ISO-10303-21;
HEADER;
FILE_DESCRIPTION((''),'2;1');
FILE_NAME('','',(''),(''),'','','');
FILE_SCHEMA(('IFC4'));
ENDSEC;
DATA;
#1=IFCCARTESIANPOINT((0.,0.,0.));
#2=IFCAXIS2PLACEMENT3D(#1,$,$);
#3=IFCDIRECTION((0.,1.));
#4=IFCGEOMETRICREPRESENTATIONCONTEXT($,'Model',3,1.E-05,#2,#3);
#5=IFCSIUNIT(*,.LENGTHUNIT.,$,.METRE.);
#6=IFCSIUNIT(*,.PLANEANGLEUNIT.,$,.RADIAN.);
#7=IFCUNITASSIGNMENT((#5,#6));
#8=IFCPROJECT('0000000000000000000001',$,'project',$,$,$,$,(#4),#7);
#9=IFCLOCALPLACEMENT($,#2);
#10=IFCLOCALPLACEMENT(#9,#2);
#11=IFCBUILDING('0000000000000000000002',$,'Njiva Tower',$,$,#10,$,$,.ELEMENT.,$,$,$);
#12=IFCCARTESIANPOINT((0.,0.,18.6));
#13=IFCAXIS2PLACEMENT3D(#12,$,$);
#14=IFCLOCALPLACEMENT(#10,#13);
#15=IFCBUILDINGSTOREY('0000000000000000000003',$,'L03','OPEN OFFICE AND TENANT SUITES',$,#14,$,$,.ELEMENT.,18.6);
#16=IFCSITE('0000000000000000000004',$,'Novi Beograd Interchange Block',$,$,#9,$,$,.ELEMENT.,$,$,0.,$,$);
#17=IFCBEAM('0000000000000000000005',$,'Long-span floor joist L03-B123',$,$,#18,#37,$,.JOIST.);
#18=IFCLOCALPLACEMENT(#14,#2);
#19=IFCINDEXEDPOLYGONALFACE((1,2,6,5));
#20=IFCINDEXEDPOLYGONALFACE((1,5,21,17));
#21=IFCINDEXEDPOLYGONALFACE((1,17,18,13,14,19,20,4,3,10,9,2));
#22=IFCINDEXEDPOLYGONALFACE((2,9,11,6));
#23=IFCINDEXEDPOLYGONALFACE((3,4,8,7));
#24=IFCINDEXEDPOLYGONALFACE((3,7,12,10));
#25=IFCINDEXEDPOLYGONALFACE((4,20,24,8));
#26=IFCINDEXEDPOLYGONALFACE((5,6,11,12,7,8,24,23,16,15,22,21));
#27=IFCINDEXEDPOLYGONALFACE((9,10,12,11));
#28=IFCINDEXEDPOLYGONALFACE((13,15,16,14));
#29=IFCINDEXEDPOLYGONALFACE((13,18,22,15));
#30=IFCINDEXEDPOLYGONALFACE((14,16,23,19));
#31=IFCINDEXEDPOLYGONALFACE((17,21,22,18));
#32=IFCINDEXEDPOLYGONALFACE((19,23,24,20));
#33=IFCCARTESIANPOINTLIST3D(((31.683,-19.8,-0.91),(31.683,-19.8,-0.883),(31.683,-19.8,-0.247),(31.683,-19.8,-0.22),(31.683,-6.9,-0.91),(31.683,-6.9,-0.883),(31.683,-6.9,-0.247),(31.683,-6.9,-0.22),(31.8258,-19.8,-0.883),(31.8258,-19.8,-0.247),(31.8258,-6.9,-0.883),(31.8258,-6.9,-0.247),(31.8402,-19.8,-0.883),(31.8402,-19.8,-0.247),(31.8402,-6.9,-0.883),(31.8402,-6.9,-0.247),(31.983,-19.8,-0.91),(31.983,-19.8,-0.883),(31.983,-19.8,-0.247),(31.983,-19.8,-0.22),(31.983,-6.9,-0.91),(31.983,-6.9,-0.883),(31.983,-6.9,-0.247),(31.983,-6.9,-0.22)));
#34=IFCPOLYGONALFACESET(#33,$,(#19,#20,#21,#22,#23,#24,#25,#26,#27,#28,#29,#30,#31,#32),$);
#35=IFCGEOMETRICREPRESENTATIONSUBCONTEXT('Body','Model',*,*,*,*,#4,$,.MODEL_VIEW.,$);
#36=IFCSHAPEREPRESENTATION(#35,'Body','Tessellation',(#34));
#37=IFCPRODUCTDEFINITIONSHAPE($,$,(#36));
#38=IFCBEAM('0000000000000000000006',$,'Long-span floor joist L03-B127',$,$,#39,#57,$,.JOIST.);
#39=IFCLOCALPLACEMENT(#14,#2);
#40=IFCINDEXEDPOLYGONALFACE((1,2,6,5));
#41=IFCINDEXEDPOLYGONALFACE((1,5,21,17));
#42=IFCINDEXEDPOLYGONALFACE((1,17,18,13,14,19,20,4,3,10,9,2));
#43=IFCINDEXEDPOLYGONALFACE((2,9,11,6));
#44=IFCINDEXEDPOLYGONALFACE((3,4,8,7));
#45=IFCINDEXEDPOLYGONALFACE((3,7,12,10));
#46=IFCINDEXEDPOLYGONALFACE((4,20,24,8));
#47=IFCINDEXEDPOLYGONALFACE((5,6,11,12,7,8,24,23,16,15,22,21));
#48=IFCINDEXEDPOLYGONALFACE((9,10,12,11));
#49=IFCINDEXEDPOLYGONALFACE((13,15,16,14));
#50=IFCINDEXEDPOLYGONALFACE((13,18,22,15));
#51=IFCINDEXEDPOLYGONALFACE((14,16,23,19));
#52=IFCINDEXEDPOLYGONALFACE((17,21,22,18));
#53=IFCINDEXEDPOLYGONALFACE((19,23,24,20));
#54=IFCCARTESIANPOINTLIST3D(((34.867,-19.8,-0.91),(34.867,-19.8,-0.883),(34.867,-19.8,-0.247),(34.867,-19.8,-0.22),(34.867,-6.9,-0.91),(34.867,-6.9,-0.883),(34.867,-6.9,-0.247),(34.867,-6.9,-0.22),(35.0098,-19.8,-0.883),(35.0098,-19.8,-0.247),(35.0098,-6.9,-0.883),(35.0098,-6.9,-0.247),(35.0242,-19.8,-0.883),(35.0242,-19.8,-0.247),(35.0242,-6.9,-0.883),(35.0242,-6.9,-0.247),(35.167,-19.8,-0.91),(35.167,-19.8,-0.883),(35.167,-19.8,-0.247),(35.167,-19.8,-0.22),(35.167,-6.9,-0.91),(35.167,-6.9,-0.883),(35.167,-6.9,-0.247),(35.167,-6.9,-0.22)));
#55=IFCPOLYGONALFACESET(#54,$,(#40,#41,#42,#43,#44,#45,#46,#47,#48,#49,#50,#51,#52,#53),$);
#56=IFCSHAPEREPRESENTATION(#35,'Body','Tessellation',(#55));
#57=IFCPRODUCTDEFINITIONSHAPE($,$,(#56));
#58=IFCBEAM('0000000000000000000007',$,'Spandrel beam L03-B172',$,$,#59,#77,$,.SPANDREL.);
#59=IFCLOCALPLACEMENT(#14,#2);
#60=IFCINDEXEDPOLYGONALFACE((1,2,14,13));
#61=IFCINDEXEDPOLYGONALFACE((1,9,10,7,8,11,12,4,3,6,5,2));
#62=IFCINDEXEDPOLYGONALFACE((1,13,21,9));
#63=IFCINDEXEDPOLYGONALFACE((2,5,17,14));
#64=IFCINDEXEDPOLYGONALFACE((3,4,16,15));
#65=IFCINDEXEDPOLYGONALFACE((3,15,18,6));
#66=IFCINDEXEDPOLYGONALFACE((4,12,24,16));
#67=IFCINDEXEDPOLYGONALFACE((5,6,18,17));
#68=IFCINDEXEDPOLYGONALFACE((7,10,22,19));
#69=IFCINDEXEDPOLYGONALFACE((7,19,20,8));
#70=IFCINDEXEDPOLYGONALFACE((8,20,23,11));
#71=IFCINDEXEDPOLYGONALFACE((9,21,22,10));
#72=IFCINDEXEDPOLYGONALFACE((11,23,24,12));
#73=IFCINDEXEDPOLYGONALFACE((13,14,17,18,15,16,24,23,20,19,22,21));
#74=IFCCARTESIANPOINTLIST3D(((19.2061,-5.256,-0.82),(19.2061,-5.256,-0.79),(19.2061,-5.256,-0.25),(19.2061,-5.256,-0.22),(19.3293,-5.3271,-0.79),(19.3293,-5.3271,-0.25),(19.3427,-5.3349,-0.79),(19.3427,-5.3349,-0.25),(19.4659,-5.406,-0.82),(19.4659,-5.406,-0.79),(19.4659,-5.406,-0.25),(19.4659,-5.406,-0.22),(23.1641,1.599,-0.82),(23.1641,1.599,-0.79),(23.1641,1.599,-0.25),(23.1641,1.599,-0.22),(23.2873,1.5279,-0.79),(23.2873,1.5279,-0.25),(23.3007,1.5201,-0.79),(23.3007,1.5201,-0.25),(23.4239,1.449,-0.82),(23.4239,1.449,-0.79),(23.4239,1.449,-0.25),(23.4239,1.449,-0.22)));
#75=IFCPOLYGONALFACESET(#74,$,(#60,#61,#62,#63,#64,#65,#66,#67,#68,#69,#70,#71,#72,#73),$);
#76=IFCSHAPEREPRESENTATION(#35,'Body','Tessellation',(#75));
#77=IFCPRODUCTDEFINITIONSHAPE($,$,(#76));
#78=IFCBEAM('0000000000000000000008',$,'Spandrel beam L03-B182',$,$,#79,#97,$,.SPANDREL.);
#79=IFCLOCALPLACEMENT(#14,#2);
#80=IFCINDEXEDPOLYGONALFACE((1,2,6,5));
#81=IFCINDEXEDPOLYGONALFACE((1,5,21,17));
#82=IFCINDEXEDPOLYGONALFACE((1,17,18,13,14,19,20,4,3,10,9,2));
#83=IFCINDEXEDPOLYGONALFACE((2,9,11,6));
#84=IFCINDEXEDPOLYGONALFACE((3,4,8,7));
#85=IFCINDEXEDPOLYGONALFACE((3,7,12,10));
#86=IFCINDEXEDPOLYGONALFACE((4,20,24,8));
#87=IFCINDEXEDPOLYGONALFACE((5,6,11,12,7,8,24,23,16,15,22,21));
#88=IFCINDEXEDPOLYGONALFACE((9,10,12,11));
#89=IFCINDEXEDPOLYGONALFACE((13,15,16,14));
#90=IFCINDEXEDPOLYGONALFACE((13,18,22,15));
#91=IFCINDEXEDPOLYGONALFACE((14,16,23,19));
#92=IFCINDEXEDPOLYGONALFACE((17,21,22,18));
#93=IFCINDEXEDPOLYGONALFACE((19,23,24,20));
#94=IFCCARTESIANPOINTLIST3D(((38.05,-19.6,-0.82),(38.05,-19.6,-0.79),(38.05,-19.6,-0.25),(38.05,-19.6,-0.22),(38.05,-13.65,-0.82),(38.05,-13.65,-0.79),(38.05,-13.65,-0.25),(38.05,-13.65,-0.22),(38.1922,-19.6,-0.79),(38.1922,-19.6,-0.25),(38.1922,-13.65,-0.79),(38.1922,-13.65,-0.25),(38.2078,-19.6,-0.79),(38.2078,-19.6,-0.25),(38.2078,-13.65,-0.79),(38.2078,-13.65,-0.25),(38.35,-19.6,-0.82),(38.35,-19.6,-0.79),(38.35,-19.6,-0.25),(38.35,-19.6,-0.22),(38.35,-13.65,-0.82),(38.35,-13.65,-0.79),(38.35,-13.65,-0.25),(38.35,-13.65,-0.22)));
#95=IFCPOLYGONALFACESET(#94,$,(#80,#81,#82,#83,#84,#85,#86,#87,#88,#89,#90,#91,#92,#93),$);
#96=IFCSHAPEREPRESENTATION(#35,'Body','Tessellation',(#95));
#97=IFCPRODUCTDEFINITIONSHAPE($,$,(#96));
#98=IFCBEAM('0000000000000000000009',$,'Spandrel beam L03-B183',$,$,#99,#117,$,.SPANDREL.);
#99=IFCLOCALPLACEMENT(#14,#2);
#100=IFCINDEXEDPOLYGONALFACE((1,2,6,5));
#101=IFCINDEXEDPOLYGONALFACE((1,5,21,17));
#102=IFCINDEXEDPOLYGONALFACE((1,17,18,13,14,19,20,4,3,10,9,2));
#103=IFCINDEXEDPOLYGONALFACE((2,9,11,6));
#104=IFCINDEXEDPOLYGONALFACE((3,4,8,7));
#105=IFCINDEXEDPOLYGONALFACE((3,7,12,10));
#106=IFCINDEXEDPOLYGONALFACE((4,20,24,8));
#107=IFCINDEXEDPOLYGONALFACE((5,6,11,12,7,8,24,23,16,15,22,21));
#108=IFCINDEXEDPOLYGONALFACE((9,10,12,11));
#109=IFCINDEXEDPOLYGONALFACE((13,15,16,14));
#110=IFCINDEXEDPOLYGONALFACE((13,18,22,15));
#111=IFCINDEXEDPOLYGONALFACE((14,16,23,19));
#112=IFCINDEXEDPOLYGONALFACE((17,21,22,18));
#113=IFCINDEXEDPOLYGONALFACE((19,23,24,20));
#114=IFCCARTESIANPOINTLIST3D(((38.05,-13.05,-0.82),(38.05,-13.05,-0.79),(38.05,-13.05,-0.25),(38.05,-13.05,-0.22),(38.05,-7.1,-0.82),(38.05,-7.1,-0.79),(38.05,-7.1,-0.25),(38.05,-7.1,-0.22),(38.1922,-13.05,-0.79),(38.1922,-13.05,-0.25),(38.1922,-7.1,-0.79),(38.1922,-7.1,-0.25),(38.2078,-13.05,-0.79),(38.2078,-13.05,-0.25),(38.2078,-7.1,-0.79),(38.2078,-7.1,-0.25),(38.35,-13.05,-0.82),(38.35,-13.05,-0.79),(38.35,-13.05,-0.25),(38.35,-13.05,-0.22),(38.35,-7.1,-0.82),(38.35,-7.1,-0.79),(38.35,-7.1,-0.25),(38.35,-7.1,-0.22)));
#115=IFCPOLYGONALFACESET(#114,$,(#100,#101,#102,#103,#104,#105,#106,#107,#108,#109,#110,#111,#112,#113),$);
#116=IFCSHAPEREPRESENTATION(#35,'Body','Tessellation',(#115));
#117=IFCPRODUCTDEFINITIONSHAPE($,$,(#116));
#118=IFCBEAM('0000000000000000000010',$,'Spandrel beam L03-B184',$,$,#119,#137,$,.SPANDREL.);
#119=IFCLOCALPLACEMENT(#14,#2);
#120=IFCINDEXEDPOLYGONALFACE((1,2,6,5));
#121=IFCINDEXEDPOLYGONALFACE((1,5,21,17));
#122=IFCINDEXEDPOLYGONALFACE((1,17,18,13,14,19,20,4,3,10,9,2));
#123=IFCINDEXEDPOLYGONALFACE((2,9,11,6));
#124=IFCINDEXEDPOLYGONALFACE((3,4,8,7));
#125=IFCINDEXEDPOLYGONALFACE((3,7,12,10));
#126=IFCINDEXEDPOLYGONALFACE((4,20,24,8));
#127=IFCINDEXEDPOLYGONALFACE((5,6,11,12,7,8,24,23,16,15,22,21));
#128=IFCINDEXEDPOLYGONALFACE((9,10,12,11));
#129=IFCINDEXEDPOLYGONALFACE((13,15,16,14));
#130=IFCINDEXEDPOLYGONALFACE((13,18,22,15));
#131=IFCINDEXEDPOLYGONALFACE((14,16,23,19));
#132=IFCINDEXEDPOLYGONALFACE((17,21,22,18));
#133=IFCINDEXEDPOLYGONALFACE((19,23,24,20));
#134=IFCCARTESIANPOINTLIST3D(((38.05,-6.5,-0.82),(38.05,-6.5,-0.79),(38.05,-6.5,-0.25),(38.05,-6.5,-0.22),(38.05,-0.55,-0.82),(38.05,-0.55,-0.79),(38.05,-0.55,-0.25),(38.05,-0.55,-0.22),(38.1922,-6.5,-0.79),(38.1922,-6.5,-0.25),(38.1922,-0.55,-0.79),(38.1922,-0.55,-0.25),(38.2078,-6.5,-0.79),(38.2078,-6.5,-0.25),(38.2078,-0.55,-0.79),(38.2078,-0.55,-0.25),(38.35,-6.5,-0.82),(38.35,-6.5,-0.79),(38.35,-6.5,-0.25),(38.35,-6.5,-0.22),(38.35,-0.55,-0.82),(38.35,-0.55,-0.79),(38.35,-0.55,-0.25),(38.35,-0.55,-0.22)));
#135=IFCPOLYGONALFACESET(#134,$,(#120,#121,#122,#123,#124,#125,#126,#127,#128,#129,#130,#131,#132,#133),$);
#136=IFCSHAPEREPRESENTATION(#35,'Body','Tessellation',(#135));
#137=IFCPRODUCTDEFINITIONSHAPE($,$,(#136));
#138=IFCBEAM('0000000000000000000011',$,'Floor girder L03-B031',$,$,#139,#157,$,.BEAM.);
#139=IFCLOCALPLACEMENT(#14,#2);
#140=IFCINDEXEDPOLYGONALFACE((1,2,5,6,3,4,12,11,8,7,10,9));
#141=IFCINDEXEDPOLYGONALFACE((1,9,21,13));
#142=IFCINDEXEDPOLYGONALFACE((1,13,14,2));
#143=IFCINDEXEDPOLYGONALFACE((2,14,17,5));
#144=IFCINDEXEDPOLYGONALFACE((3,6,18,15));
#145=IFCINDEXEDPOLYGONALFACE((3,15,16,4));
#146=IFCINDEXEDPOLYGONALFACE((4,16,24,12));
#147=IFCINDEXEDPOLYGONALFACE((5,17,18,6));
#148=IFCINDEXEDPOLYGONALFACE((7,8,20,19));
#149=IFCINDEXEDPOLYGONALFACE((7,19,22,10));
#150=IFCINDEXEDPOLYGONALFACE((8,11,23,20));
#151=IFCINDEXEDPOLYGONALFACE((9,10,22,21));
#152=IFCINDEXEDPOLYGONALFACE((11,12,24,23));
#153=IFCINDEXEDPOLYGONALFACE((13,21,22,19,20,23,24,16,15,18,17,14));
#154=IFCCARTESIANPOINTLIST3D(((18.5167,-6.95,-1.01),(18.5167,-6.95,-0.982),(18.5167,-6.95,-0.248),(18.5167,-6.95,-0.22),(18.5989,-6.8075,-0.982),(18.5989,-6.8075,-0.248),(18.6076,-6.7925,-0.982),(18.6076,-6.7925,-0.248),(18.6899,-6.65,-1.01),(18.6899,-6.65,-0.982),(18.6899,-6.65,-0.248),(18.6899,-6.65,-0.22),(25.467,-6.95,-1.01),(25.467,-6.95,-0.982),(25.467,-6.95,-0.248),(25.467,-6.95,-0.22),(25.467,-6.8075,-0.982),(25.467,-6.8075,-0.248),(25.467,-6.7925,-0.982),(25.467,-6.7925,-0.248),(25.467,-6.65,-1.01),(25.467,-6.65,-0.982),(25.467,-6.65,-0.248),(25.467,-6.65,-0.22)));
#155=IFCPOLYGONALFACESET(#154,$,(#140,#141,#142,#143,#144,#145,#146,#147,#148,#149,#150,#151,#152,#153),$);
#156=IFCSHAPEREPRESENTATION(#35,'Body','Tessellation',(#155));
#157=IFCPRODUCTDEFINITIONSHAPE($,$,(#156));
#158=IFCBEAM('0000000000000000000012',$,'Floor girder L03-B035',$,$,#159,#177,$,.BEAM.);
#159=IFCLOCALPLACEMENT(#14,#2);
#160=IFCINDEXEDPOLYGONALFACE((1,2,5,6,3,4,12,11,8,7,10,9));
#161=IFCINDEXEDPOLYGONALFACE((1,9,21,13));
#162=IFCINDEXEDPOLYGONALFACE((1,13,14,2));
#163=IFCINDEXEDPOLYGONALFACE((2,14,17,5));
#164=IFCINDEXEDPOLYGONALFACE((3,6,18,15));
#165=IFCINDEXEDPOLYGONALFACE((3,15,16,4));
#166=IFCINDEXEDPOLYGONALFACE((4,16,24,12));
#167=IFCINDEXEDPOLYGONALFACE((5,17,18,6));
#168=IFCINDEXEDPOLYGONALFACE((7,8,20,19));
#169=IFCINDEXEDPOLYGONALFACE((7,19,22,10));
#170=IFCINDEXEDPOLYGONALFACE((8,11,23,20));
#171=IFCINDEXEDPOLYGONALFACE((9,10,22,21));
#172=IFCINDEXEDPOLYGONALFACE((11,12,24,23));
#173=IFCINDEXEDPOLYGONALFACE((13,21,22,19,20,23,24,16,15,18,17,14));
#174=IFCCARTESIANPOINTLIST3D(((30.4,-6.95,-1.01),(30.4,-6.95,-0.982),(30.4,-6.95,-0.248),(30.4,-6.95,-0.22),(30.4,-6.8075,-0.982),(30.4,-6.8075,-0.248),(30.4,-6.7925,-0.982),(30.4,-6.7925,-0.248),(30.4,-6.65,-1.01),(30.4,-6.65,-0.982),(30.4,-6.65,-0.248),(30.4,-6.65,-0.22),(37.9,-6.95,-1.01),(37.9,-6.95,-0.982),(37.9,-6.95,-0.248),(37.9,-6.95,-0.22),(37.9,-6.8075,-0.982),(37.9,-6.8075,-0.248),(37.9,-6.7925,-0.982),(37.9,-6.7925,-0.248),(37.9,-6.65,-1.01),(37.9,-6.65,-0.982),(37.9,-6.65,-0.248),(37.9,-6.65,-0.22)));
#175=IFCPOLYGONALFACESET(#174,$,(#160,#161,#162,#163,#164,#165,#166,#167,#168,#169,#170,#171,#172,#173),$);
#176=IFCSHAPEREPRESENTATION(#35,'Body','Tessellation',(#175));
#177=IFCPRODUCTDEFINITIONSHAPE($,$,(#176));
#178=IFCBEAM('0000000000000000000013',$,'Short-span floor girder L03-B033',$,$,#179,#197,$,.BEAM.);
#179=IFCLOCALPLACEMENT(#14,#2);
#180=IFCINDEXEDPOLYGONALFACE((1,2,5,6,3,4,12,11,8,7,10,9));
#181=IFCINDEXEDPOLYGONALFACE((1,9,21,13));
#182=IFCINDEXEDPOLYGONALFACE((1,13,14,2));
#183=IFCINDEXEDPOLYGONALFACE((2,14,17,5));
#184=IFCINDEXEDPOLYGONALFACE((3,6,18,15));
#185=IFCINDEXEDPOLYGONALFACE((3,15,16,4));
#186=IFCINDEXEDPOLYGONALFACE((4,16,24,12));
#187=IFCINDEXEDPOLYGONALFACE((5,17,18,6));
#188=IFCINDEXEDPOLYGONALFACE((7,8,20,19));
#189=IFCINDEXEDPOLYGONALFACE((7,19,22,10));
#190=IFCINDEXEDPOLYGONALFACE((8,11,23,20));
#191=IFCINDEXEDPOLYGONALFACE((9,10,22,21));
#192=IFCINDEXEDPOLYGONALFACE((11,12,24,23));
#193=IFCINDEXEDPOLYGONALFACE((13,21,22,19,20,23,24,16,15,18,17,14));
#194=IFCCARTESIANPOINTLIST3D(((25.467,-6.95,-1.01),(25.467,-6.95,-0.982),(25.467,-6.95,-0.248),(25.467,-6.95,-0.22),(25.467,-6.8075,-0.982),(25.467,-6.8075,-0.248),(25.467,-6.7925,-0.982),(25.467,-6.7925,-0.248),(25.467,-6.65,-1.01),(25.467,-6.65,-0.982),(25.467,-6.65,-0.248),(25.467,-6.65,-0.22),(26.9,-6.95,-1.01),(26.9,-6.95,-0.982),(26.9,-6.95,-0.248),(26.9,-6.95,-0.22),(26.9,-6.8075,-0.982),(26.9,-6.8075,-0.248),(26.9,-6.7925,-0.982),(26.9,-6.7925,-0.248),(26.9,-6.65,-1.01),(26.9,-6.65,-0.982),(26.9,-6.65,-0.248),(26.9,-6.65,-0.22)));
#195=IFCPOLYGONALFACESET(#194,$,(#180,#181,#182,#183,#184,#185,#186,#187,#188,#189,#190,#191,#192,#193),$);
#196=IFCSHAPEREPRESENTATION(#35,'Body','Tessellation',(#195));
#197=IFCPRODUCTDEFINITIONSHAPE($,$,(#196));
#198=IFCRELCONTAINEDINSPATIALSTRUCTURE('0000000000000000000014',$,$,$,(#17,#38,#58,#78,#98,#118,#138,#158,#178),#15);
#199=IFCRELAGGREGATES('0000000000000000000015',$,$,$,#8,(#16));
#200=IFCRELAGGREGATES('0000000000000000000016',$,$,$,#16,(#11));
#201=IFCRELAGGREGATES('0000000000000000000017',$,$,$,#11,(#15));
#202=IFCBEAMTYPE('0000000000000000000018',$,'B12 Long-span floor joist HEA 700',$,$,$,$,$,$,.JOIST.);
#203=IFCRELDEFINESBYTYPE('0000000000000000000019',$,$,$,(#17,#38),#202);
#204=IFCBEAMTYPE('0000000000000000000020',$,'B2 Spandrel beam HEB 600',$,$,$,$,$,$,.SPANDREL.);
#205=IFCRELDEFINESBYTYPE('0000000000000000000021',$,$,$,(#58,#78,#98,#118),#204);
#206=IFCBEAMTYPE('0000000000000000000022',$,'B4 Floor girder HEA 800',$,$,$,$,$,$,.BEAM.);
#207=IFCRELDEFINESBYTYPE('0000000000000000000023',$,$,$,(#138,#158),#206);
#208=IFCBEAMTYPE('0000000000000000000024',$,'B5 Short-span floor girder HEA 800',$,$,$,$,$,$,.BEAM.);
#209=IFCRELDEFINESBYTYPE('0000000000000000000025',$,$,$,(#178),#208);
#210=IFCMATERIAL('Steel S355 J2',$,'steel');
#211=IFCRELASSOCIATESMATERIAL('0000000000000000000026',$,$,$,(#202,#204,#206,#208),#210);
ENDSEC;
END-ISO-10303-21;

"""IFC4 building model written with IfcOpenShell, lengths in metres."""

from ifc_helpers import new_model, si_unit, direction, frame, origin, origin_2d, place, context, subcontext, project, spatial, i_section, extrude, clip, halfspace, material, material_profile, profile_set, type_object, element, save


model = new_model("IFC4")

# Units and contexts
model_context = context("Model", 3, precision=1e-05, world=origin(), true_north=direction((0.0, 1.0)))
body_context = subcontext(model_context, "Body", "Model", "MODEL_VIEW")
ifc_project = project(units=[si_unit("LENGTHUNIT", "METRE"), si_unit("PLANEANGLEUNIT", "RADIAN")], contexts=[model_context])

# Site, building, storey
site_placement = place(None, origin())
site = spatial("IfcSite", under=ifc_project, at=site_placement, Name="Novi Beograd Interchange Block", CompositionType="ELEMENT", RefElevation=0.0)
building_placement = place(site_placement, origin())
building = spatial("IfcBuilding", under=site, at=building_placement, Name="Njiva Tower", CompositionType="ELEMENT")
storey_placement = place(building_placement, frame((0.0, 0.0, 18.6)))
storey = spatial("IfcBuildingStorey", under=building, at=storey_placement, Name="L03", Description="OPEN OFFICE AND TENANT SUITES", CompositionType="ELEMENT", Elevation=18.6)

# Shared definitions
ifc_material_1 = material(Name="Steel S355 J2", Category="steel")

# Beams
ifc_material_profile_1 = material_profile(ifc_material_1, i_section(OverallWidth=0.3, OverallDepth=0.69, WebThickness=0.0145, FlangeThickness=0.027, at=origin_2d()), Name="HEA 700")
ifc_profile_set_1 = profile_set([ifc_material_profile_1], Name="Steel S355 J2")
beam_type_1 = type_object("IfcBeamType", Name="B12 Long-span floor joist HEA 700", PredefinedType="JOIST", material=ifc_profile_set_1)
for number, where, z_axis, x_axis, name in (
    (1, (31.833, -6.9, -0.565), (0.0, -1.0, 0.0), (1.0, 0.0, 0.0), "Long-span floor joist L03-B123"),
    (2, (35.017, -6.9, -0.565), (0.0, -1.0, 0.0), (1.0, 0.0, 0.0), "Long-span floor joist L03-B127"),
):
    element("IfcBeam", number, at=place(storey_placement, frame(where, z_axis=z_axis, x_axis=x_axis)), inside=storey, type_object=beam_type_1, Name=name, PredefinedType="JOIST", context=body_context, shape_type="SweptSolid", body=[
        extrude(i_section(OverallWidth=0.3, OverallDepth=0.69, WebThickness=0.0145, FlangeThickness=0.027, at=origin_2d()), origin(), (0.0, 0.0, 1.0), 12.9),
    ])
ifc_material_profile_2 = material_profile(ifc_material_1, i_section(OverallWidth=0.3, OverallDepth=0.6, WebThickness=0.0155, FlangeThickness=0.03, at=origin_2d()), Name="HEB 600")
ifc_profile_set_2 = profile_set([ifc_material_profile_2], Name="Steel S355 J2")
beam_type_2 = type_object("IfcBeamType", Name="B2 Spandrel beam HEB 600", PredefinedType="SPANDREL", material=ifc_profile_set_2)
beam_1_placement = place(storey_placement, frame((19.336, -5.331, -0.52), z_axis=(0.500025, 0.866011, 0.0), x_axis=(-0.866011, 0.500025, 0.0)))
element("IfcBeam", 3, at=beam_1_placement, inside=storey, type_object=beam_type_2, Name="Spandrel beam L03-B172", PredefinedType="SPANDREL", context=body_context, shape_type="SweptSolid", body=[
    extrude(i_section(OverallWidth=0.3, OverallDepth=0.6, WebThickness=0.0155, FlangeThickness=0.03, at=origin_2d()), origin(), (0.0, 0.0, 1.0), 7.9156),
])
for number, where, z_axis, x_axis, name in (
    (4, (38.2, -19.6, -0.52), (0.0, 1.0, 0.0), (-1.0, 0.0, 0.0), "Spandrel beam L03-B182"),
    (5, (38.2, -13.05, -0.52), (0.0, 1.0, 0.0), (-1.0, 0.0, 0.0), "Spandrel beam L03-B183"),
    (6, (38.2, -6.5, -0.52), (0.0, 1.0, 0.0), (-1.0, 0.0, 0.0), "Spandrel beam L03-B184"),
):
    element("IfcBeam", number, at=place(storey_placement, frame(where, z_axis=z_axis, x_axis=x_axis)), inside=storey, type_object=beam_type_2, Name=name, PredefinedType="SPANDREL", context=body_context, shape_type="SweptSolid", body=[
        extrude(i_section(OverallWidth=0.3, OverallDepth=0.6, WebThickness=0.0155, FlangeThickness=0.03, at=origin_2d()), origin(), (0.0, 0.0, 1.0), 5.95),
    ])
ifc_material_profile_3 = material_profile(ifc_material_1, i_section(OverallWidth=0.3, OverallDepth=0.79, WebThickness=0.015, FlangeThickness=0.028, at=origin_2d()), Name="HEA 800")
ifc_profile_set_3 = profile_set([ifc_material_profile_3], Name="Steel S355 J2")
beam_type_3 = type_object("IfcBeamType", Name="B4 Floor girder HEA 800", PredefinedType="BEAM", material=ifc_profile_set_3)
beam_2_placement = place(storey_placement, frame((18.496, -6.8, -0.615), z_axis=(1.0, 0.0, 0.0), x_axis=(0.0, 1.0, 0.0)))
element("IfcBeam", 7, at=beam_2_placement, inside=storey, type_object=beam_type_3, Name="Floor girder L03-B031", PredefinedType="BEAM", context=body_context, shape_type="Clipping", body=[
    clip(extrude(i_section(OverallWidth=0.3, OverallDepth=0.79, WebThickness=0.015, FlangeThickness=0.028, at=origin_2d()), origin(), (0.0, 0.0, 1.0), 6.971), halfspace(frame((0.025, 0.0, 0.1217), z_axis=(0.499998, 0.0, -0.866027), x_axis=(0.0, -1.0, 0.0)), False)),
])
beam_3_placement = place(storey_placement, frame((30.4, -6.8, -0.615), z_axis=(1.0, 0.0, 0.0), x_axis=(0.0, 1.0, 0.0)))
element("IfcBeam", 8, at=beam_3_placement, inside=storey, type_object=beam_type_3, Name="Floor girder L03-B035", PredefinedType="BEAM", context=body_context, shape_type="SweptSolid", body=[
    extrude(i_section(OverallWidth=0.3, OverallDepth=0.79, WebThickness=0.015, FlangeThickness=0.028, at=origin_2d()), origin(), (0.0, 0.0, 1.0), 7.5),
])
ifc_material_profile_4 = material_profile(ifc_material_1, i_section(OverallWidth=0.3, OverallDepth=0.79, WebThickness=0.015, FlangeThickness=0.028, at=origin_2d()), Name="HEA 800")
ifc_profile_set_4 = profile_set([ifc_material_profile_4], Name="Steel S355 J2")
beam_type_4 = type_object("IfcBeamType", Name="B5 Short-span floor girder HEA 800", PredefinedType="BEAM", material=ifc_profile_set_4)
beam_4_placement = place(storey_placement, frame((25.467, -6.8, -0.615), z_axis=(1.0, 0.0, 0.0), x_axis=(0.0, 1.0, 0.0)))
element("IfcBeam", 9, at=beam_4_placement, inside=storey, type_object=beam_type_4, Name="Short-span floor girder L03-B033", PredefinedType="BEAM", context=body_context, shape_type="SweptSolid", body=[
    extrude(i_section(OverallWidth=0.3, OverallDepth=0.79, WebThickness=0.015, FlangeThickness=0.028, at=origin_2d()), origin(), (0.0, 0.0, 1.0), 1.433),
])

save(model, "model.ifc")
